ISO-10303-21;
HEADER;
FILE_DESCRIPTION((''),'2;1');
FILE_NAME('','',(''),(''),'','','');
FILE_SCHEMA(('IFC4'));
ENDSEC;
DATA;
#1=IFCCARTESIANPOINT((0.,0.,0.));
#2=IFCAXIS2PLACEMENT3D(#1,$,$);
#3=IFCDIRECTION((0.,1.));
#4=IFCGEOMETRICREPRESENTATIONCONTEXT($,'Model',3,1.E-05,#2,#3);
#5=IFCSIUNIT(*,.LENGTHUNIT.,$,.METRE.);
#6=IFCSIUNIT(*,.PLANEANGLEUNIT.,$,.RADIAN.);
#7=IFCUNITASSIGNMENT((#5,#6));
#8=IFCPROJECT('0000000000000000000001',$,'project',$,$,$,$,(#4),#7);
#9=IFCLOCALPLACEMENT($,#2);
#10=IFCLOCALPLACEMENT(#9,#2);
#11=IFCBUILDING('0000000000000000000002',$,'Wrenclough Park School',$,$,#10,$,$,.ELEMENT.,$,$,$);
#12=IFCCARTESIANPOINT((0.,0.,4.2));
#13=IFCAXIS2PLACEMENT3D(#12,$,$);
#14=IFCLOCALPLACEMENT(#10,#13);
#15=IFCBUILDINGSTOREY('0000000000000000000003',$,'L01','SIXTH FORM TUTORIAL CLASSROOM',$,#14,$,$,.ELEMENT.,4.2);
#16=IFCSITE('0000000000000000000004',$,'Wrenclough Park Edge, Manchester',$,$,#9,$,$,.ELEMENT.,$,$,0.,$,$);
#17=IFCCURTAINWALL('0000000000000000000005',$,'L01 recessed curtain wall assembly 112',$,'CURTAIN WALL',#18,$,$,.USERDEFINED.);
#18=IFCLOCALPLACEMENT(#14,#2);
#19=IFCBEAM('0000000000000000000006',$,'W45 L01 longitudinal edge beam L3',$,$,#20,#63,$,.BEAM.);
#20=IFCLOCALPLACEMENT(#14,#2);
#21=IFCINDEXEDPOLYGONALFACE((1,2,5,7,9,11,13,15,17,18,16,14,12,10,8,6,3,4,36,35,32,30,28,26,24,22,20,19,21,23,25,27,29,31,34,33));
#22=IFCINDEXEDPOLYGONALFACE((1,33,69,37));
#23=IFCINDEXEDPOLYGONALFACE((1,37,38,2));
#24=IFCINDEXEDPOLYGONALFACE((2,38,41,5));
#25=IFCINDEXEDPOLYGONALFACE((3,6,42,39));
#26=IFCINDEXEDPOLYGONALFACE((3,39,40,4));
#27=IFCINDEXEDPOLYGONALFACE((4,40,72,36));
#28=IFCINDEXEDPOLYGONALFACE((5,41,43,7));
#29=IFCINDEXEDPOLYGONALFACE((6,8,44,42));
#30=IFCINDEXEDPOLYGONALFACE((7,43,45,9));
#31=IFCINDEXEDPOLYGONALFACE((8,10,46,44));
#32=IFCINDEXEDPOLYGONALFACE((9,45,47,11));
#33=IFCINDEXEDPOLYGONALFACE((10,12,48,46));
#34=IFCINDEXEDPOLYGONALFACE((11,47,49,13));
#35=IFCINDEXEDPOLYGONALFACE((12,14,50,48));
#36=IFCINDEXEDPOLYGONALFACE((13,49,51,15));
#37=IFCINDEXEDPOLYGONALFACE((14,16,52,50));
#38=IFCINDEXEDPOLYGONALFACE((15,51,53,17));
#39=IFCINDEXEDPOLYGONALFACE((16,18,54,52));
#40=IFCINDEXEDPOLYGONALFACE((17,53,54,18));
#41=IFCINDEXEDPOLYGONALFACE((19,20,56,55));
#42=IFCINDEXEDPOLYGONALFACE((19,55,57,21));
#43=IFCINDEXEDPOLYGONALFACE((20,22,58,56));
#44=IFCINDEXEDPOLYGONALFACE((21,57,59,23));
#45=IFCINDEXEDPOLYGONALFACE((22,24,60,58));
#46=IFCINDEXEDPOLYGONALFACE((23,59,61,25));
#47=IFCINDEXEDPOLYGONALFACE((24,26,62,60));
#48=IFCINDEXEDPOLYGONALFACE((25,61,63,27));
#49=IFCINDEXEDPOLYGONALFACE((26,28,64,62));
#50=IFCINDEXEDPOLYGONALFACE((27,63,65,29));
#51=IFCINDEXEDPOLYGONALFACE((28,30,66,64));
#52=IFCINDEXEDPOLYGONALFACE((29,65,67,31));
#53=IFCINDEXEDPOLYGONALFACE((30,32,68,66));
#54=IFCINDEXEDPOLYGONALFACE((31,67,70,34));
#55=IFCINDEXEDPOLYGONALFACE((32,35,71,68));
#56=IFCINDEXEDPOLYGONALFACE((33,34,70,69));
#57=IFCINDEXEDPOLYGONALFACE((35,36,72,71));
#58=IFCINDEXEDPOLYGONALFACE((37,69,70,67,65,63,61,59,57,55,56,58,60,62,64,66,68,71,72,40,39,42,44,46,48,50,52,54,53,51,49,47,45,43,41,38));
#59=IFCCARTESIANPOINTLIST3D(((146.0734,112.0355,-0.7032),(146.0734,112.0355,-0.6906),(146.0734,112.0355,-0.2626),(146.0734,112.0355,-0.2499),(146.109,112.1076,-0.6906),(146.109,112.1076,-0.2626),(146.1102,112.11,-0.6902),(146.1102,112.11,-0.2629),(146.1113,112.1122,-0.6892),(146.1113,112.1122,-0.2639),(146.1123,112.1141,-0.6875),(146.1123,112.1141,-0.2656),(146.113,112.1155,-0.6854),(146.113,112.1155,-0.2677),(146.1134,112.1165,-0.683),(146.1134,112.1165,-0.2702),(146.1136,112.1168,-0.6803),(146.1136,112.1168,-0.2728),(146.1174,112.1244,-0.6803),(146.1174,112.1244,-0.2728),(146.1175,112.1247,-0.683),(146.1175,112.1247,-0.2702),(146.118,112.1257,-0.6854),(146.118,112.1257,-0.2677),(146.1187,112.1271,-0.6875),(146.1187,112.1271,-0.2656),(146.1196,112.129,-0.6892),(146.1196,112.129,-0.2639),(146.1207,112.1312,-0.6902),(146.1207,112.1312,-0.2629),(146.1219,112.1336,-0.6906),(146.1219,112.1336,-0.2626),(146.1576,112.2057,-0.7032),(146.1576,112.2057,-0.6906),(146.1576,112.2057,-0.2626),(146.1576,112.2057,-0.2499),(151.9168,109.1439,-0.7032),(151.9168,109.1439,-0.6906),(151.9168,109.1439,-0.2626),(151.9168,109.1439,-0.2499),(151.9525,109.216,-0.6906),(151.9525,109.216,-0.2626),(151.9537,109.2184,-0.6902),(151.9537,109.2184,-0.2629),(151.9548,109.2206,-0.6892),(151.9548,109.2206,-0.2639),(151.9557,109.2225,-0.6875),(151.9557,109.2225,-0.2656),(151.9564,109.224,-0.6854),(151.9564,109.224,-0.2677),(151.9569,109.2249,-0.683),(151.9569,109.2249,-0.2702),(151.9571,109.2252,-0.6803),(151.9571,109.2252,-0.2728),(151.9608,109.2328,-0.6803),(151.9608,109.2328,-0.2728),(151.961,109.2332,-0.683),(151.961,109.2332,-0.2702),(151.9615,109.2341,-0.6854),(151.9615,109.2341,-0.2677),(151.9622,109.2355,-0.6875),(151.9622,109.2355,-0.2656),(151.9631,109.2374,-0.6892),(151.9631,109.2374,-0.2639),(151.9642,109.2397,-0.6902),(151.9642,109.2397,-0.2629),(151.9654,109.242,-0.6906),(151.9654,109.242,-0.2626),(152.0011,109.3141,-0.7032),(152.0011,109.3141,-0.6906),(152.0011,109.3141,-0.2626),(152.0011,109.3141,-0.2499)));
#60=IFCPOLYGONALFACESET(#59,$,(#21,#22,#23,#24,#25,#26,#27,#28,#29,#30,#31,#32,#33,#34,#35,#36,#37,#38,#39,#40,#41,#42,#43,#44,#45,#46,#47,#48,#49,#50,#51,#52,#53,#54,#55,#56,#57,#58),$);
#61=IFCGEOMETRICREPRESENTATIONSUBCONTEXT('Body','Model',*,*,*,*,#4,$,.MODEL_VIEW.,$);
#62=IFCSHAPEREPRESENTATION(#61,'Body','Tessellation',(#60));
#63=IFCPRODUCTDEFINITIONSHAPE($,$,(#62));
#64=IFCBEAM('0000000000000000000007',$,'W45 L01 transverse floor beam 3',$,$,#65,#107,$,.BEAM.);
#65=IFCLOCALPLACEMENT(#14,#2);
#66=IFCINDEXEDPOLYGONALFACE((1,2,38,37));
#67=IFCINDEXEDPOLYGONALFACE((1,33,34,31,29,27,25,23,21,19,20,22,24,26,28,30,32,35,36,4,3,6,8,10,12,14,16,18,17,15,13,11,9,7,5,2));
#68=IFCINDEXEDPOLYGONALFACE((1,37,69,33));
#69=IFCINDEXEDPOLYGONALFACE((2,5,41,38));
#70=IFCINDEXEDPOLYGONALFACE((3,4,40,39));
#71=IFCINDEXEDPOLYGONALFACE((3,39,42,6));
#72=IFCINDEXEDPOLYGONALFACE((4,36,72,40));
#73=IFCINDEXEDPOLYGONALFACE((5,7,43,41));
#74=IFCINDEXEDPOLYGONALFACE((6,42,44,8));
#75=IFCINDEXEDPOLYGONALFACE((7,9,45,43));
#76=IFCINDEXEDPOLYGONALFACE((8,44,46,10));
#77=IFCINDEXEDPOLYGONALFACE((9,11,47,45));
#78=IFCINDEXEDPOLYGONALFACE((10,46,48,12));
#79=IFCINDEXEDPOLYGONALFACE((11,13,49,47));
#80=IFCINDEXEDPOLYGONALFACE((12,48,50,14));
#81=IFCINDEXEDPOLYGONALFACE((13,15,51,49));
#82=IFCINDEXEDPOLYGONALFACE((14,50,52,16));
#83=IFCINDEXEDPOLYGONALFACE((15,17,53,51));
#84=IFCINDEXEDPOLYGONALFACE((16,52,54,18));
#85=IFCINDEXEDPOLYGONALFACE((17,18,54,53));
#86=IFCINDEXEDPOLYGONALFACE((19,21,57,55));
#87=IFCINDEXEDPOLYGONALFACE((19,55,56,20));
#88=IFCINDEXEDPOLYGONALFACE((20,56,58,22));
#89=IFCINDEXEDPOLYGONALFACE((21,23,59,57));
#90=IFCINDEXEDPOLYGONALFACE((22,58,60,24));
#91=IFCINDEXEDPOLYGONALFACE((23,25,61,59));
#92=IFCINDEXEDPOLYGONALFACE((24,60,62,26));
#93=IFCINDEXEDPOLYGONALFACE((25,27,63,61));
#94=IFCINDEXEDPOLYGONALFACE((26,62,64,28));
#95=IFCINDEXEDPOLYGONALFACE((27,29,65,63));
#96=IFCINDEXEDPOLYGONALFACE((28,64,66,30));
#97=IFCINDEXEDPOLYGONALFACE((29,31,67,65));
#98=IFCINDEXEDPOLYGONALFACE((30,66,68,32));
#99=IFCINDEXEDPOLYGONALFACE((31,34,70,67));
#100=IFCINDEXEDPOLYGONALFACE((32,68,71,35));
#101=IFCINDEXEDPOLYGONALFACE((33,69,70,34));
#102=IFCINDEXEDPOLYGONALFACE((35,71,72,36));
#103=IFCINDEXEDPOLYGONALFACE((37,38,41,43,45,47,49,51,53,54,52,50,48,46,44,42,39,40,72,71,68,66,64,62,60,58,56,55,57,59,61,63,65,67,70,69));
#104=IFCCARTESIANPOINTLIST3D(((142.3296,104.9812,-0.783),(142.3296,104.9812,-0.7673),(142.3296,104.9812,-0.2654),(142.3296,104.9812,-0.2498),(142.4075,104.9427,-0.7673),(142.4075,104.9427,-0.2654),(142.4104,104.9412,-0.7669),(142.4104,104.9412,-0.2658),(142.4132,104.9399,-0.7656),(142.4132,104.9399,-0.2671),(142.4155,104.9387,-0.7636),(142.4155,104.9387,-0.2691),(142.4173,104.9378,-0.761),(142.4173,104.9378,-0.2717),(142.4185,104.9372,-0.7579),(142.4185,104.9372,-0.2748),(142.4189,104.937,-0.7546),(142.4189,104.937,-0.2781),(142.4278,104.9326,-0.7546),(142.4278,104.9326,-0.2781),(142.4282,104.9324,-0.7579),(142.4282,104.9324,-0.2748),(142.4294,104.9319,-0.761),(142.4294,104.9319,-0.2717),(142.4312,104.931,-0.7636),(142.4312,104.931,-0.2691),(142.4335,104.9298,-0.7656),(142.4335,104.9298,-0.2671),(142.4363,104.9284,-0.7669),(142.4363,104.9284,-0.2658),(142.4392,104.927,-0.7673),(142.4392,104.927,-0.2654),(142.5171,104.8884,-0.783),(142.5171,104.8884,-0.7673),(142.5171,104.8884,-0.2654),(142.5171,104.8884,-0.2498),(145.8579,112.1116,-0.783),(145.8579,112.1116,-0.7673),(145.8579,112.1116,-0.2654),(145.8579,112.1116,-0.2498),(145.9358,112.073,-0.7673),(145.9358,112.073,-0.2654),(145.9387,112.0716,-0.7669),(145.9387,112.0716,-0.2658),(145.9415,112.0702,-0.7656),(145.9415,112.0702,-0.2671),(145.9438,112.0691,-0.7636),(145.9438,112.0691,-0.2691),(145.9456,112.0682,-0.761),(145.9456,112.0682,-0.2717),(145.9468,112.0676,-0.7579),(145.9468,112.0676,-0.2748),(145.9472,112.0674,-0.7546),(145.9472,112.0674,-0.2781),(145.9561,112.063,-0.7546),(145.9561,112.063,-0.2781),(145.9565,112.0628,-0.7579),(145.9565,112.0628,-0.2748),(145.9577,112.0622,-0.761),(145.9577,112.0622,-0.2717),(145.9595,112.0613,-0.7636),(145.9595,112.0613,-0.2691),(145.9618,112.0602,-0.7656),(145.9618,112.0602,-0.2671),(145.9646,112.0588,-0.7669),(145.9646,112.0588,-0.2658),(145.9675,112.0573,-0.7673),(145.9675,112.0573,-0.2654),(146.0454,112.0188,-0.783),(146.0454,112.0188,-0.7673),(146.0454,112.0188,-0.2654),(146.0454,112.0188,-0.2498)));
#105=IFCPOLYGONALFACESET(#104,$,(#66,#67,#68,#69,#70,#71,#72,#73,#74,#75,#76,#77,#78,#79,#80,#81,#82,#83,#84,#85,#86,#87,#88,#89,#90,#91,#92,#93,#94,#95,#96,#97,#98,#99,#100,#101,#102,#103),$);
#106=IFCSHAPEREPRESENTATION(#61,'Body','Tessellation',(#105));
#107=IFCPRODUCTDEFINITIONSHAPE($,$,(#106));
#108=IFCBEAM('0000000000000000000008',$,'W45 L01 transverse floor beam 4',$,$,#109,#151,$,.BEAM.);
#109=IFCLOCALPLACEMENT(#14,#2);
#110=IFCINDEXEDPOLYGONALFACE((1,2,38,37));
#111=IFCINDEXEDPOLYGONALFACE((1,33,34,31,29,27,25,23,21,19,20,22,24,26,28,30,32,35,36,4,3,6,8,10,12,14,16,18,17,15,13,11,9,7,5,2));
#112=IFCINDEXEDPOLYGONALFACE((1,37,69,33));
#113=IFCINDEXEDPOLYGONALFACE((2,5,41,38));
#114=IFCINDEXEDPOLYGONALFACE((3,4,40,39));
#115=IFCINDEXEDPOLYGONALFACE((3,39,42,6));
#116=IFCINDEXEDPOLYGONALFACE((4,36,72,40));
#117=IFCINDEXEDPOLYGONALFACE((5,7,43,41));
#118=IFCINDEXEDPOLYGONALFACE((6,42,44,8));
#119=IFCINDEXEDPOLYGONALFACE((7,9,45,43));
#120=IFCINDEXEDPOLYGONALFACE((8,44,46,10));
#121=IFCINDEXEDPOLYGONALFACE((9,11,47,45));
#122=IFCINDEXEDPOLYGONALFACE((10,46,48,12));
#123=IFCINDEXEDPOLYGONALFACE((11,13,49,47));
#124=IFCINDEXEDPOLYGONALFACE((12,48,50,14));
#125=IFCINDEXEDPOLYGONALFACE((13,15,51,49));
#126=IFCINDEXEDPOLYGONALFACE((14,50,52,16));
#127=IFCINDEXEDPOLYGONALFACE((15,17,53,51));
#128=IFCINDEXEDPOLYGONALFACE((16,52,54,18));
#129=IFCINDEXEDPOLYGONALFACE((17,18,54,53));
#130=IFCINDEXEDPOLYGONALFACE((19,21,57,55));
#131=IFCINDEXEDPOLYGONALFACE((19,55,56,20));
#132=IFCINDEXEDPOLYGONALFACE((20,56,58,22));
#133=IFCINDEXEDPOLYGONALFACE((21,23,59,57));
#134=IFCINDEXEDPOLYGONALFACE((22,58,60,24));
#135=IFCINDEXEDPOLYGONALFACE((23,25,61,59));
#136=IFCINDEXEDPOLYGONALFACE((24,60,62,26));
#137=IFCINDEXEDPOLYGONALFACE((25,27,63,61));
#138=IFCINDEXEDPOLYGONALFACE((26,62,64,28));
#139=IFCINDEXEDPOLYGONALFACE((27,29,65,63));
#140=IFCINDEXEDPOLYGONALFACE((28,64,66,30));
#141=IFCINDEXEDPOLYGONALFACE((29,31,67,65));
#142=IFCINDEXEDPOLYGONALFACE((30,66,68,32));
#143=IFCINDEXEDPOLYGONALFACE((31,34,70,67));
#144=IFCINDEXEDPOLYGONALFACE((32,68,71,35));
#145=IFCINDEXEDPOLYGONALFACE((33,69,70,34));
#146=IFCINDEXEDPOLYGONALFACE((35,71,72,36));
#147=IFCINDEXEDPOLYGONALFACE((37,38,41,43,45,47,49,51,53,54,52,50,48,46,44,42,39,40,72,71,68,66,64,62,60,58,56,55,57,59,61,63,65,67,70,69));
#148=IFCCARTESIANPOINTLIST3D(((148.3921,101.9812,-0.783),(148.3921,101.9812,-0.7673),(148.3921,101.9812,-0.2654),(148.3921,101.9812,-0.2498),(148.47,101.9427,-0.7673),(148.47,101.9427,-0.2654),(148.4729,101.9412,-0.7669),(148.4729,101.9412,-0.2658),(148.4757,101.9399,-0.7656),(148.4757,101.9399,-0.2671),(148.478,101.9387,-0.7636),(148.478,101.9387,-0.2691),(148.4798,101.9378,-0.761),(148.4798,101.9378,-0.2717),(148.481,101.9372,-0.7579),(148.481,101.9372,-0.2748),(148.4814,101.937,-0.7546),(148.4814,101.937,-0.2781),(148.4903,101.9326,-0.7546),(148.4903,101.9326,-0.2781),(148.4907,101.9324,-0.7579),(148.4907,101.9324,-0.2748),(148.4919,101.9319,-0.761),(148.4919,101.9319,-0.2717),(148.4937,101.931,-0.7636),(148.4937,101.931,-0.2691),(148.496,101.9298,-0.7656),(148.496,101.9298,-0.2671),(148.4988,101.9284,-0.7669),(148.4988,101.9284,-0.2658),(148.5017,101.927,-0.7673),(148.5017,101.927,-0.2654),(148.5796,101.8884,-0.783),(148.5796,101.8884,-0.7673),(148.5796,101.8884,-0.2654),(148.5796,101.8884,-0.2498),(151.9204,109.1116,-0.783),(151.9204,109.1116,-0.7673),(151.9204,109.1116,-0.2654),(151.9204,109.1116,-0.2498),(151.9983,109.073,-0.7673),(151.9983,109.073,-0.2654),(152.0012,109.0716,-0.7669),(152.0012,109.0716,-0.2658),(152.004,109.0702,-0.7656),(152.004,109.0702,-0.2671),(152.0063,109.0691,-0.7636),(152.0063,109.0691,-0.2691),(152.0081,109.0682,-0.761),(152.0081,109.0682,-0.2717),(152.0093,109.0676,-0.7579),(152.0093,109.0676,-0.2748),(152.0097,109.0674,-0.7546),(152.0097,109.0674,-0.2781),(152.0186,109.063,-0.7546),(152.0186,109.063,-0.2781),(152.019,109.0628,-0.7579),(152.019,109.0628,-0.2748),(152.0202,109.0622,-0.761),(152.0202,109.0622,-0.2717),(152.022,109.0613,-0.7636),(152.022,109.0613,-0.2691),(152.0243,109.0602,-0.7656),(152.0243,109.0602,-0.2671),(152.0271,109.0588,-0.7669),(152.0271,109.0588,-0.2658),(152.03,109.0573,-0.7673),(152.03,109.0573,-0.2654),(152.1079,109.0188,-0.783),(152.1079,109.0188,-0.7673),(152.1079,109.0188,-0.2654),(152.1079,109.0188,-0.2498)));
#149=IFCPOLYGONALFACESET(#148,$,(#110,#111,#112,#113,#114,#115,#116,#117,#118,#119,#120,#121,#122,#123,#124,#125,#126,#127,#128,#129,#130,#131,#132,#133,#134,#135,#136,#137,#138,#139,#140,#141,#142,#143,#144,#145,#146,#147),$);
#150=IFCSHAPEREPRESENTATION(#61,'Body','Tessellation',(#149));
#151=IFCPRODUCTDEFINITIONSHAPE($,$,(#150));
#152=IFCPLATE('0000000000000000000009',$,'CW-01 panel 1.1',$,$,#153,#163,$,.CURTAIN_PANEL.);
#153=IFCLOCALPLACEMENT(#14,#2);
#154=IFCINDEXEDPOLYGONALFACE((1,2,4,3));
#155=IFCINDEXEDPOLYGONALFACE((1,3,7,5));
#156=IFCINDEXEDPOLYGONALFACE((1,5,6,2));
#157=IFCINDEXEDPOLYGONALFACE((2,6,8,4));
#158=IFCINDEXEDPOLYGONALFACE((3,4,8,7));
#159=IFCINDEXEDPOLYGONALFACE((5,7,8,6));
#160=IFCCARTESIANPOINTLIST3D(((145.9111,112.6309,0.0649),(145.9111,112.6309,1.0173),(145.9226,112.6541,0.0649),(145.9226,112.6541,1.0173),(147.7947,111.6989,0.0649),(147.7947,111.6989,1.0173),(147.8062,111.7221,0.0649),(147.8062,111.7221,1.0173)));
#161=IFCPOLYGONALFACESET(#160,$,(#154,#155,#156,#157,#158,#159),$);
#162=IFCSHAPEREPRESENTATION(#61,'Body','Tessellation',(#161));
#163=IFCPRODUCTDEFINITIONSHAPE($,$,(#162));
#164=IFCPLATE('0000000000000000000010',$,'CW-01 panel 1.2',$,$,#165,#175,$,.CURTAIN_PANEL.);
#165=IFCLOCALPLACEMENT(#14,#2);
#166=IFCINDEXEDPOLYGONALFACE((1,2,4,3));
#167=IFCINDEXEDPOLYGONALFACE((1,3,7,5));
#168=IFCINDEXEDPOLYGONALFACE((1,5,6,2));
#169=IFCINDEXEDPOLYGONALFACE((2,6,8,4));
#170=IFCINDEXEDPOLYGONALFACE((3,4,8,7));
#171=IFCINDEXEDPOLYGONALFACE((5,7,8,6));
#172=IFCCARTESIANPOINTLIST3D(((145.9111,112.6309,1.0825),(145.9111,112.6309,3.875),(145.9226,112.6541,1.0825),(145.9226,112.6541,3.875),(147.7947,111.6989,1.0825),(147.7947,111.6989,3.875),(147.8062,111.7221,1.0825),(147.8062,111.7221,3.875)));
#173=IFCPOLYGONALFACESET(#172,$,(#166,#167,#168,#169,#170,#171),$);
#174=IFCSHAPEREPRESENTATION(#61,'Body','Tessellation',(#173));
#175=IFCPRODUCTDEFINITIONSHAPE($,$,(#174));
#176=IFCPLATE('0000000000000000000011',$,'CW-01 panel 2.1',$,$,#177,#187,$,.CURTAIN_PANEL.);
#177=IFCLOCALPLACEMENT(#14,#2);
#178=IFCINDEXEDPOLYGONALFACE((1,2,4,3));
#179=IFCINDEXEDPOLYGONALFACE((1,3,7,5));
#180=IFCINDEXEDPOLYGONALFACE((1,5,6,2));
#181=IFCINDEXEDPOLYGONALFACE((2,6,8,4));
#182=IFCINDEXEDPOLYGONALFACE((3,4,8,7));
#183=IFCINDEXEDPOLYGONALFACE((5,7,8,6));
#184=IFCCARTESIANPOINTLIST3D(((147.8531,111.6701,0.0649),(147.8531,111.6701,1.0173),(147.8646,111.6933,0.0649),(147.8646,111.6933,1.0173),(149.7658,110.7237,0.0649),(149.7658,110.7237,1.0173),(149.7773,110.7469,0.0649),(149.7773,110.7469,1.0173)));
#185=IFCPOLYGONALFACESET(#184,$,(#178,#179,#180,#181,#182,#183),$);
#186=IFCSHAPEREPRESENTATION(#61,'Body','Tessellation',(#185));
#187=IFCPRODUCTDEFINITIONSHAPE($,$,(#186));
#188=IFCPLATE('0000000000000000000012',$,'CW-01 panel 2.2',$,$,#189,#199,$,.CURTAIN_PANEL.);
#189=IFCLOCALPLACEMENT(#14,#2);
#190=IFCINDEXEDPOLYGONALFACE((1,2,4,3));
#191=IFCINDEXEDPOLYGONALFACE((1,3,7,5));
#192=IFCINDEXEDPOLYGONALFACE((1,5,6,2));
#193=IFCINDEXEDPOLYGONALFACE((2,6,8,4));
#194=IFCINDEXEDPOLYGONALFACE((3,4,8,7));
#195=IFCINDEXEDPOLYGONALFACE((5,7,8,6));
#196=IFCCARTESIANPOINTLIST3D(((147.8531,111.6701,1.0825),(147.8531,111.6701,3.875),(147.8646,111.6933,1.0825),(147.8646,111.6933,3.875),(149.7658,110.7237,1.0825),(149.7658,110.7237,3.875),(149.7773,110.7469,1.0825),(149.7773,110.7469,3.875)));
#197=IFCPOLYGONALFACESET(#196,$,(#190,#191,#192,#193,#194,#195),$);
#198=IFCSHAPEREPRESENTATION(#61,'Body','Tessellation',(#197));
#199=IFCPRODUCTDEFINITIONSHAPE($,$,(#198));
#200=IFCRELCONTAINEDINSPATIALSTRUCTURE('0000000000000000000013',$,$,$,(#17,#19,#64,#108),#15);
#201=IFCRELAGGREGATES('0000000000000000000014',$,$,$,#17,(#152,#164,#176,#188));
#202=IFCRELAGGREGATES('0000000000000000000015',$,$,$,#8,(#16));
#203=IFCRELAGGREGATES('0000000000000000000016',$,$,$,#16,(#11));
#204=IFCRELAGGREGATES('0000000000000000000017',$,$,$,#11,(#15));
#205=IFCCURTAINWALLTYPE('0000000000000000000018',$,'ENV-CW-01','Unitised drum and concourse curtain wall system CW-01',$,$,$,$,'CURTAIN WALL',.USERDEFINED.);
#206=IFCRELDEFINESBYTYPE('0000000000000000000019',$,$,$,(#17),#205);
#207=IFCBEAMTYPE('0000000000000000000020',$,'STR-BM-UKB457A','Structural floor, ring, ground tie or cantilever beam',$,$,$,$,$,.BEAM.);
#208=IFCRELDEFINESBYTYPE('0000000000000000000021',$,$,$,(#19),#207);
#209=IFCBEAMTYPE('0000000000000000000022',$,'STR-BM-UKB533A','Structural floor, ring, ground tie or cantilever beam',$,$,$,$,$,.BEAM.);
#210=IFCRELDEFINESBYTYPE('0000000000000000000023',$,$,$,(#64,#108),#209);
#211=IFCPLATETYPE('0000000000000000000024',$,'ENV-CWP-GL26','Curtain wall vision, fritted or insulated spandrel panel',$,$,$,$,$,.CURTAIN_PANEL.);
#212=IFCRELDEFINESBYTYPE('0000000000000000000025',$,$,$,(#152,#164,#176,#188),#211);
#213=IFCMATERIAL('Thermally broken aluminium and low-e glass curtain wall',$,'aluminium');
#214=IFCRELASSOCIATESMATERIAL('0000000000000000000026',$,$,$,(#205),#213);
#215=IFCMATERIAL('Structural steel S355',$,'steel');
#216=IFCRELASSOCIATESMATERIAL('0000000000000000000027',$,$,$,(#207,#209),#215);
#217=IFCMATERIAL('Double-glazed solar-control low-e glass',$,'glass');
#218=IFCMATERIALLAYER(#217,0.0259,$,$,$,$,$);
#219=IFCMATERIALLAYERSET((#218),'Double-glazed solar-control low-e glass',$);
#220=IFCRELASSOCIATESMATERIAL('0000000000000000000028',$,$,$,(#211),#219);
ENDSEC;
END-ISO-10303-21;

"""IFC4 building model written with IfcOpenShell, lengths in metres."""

from ifc_helpers import new_model, si_unit, direction, frame, origin, origin_2d, place, context, subcontext, project, spatial, rectangle, i_section, extrude, material, layer, layer_set, material_profile, profile_set, type_object, element, aggregate, save


model = new_model("IFC4")

# Units and contexts
model_context = context("Model", 3, precision=1e-05, world=origin(), true_north=direction((0.0, 1.0)))
body_context = subcontext(model_context, "Body", "Model", "MODEL_VIEW")
ifc_project = project(units=[si_unit("LENGTHUNIT", "METRE"), si_unit("PLANEANGLEUNIT", "RADIAN")], contexts=[model_context])

# Site, building, storey
site_placement = place(None, origin())
site = spatial("IfcSite", under=ifc_project, at=site_placement, Name="Wrenclough Park Edge, Manchester", CompositionType="ELEMENT", RefElevation=0.0)
building_placement = place(site_placement, origin())
building = spatial("IfcBuilding", under=site, at=building_placement, Name="Wrenclough Park School", CompositionType="ELEMENT")
storey_placement = place(building_placement, frame((0.0, 0.0, 4.2)))
storey = spatial("IfcBuildingStorey", under=building, at=storey_placement, Name="L01", Description="SIXTH FORM TUTORIAL CLASSROOM", CompositionType="ELEMENT", Elevation=4.2)

# Shared definitions
ifc_material_1 = material(Name="Structural steel S355", Category="steel")

# Curtain wall
ifc_material_2 = material(Name="Thermally broken aluminium and low-e glass curtain wall", Category="aluminium")
curtain_wall_type_1 = type_object("IfcCurtainWallType", Name="ENV-CW-01", Description="Unitised drum and concourse curtain wall system CW-01", ElementType="CURTAIN WALL", PredefinedType="USERDEFINED", material=ifc_material_2)
curtain_wall_1_placement = place(storey_placement, origin())
curtain_wall_1 = element("IfcCurtainWall", 1, at=curtain_wall_1_placement, inside=storey, type_object=curtain_wall_type_1, Name="L01 recessed curtain wall assembly 112", ObjectType="CURTAIN WALL", PredefinedType="USERDEFINED")

# Beams
ifc_material_profile_1 = material_profile(ifc_material_1, i_section(OverallWidth=0.1899, OverallDepth=0.4534, WebThickness=0.0085, FlangeThickness=0.0127, FilletRadius=0.0103, at=origin_2d()), Name="UKB 457x191x67")
ifc_profile_set_1 = profile_set([ifc_material_profile_1], Name="Structural steel S355")
beam_type_1 = type_object("IfcBeamType", Name="STR-BM-UKB457A", Description="Structural floor, ring, ground tie or cantilever beam", PredefinedType="BEAM", material=ifc_profile_set_1)
beam_1_placement = place(storey_placement, frame((146.1155, 112.1206, -0.4766), z_axis=(0.896269, -0.44351, 0.0), x_axis=(0.44351, 0.896269, 0.0)))
element("IfcBeam", 2, at=beam_1_placement, inside=storey, type_object=beam_type_1, Name="W45 L01 longitudinal edge beam L3", PredefinedType="BEAM", context=body_context, shape_type="SweptSolid", body=[
    extrude(i_section(OverallWidth=0.1899, OverallDepth=0.4534, WebThickness=0.0085, FlangeThickness=0.0127, FilletRadius=0.0103, at=origin_2d()), origin(), (0.0, 0.0, 1.0), 6.5198),
])
ifc_material_profile_2 = material_profile(ifc_material_1, i_section(OverallWidth=0.2092, OverallDepth=0.5332, WebThickness=0.01, FlangeThickness=0.0156, FilletRadius=0.0127, at=origin_2d()), Name="UKB 533x210x92")
ifc_profile_set_2 = profile_set([ifc_material_profile_2], Name="Structural steel S355")
beam_type_2 = type_object("IfcBeamType", Name="STR-BM-UKB533A", Description="Structural floor, ring, ground tie or cantilever beam", PredefinedType="BEAM", material=ifc_profile_set_2)
for number, where, z_axis, x_axis, name in (
    (3, (145.9517, 112.0652, -0.5164), (-0.443503, -0.896273, 0.0), (0.896273, -0.443503, 0.0), "W45 L01 transverse floor beam 3"),
    (4, (152.0142, 109.0652, -0.5164), (-0.443503, -0.896273, 0.0), (0.896273, -0.443503, 0.0), "W45 L01 transverse floor beam 4"),
):
    element("IfcBeam", number, at=place(storey_placement, frame(where, z_axis=z_axis, x_axis=x_axis)), inside=storey, type_object=beam_type_2, Name=name, PredefinedType="BEAM", context=body_context, shape_type="SweptSolid", body=[
        extrude(i_section(OverallWidth=0.2092, OverallDepth=0.5332, WebThickness=0.01, FlangeThickness=0.0156, FilletRadius=0.0127, at=origin_2d()), origin(), (0.0, 0.0, 1.0), 7.9556),
    ])

# Plates
ifc_material_3 = material(Name="Double-glazed solar-control low-e glass", Category="glass")
ifc_layer_1 = layer(ifc_material_3, 0.0259)
ifc_layer_set_1 = layer_set([ifc_layer_1], Name="Double-glazed solar-control low-e glass")
plate_type = type_object("IfcPlateType", Name="ENV-CWP-GL26", Description="Curtain wall vision, fritted or insulated spandrel panel", PredefinedType="CURTAIN_PANEL", material=ifc_layer_set_1)
plate_1_placement = place(storey_placement, frame((146.8586, 112.1765, 0.0649), z_axis=(0.0, 0.0, 1.0), x_axis=(0.896269, -0.443511, 0.0)))
plate_1 = element("IfcPlate", 5, at=plate_1_placement, type_object=plate_type, Name="CW-01 panel 1.1", PredefinedType="CURTAIN_PANEL", context=body_context, shape_type="SweptSolid", body=[
    extrude(rectangle(XDim=2.1016, YDim=0.0259, at=origin_2d()), origin(), (0.0, 0.0, 1.0), 0.9524),
])
plate_2_placement = place(storey_placement, frame((146.8586, 112.1765, 1.0825), z_axis=(0.0, 0.0, 1.0), x_axis=(0.896269, -0.443511, 0.0)))
plate_2 = element("IfcPlate", 6, at=plate_2_placement, type_object=plate_type, Name="CW-01 panel 1.2", PredefinedType="CURTAIN_PANEL", context=body_context, shape_type="SweptSolid", body=[
    extrude(rectangle(XDim=2.1016, YDim=0.0259, at=origin_2d()), origin(), (0.0, 0.0, 1.0), 2.7925),
])
plate_3_placement = place(storey_placement, frame((148.8152, 111.2085, 0.0649), z_axis=(0.0, 0.0, 1.0), x_axis=(0.896269, -0.443511, 0.0)))
plate_3 = element("IfcPlate", 7, at=plate_3_placement, type_object=plate_type, Name="CW-01 panel 2.1", PredefinedType="CURTAIN_PANEL", context=body_context, shape_type="SweptSolid", body=[
    extrude(rectangle(XDim=2.134, YDim=0.0259, at=origin_2d()), origin(), (0.0, 0.0, 1.0), 0.9524),
])
plate_4_placement = place(storey_placement, frame((148.8152, 111.2085, 1.0825), z_axis=(0.0, 0.0, 1.0), x_axis=(0.896269, -0.443511, 0.0)))
plate_4 = element("IfcPlate", 8, at=plate_4_placement, type_object=plate_type, Name="CW-01 panel 2.2", PredefinedType="CURTAIN_PANEL", context=body_context, shape_type="SweptSolid", body=[
    extrude(rectangle(XDim=2.134, YDim=0.0259, at=origin_2d()), origin(), (0.0, 0.0, 1.0), 2.7925),
])
aggregate(curtain_wall_1, [plate_1, plate_2, plate_3, plate_4])

save(model, "model.ifc")
